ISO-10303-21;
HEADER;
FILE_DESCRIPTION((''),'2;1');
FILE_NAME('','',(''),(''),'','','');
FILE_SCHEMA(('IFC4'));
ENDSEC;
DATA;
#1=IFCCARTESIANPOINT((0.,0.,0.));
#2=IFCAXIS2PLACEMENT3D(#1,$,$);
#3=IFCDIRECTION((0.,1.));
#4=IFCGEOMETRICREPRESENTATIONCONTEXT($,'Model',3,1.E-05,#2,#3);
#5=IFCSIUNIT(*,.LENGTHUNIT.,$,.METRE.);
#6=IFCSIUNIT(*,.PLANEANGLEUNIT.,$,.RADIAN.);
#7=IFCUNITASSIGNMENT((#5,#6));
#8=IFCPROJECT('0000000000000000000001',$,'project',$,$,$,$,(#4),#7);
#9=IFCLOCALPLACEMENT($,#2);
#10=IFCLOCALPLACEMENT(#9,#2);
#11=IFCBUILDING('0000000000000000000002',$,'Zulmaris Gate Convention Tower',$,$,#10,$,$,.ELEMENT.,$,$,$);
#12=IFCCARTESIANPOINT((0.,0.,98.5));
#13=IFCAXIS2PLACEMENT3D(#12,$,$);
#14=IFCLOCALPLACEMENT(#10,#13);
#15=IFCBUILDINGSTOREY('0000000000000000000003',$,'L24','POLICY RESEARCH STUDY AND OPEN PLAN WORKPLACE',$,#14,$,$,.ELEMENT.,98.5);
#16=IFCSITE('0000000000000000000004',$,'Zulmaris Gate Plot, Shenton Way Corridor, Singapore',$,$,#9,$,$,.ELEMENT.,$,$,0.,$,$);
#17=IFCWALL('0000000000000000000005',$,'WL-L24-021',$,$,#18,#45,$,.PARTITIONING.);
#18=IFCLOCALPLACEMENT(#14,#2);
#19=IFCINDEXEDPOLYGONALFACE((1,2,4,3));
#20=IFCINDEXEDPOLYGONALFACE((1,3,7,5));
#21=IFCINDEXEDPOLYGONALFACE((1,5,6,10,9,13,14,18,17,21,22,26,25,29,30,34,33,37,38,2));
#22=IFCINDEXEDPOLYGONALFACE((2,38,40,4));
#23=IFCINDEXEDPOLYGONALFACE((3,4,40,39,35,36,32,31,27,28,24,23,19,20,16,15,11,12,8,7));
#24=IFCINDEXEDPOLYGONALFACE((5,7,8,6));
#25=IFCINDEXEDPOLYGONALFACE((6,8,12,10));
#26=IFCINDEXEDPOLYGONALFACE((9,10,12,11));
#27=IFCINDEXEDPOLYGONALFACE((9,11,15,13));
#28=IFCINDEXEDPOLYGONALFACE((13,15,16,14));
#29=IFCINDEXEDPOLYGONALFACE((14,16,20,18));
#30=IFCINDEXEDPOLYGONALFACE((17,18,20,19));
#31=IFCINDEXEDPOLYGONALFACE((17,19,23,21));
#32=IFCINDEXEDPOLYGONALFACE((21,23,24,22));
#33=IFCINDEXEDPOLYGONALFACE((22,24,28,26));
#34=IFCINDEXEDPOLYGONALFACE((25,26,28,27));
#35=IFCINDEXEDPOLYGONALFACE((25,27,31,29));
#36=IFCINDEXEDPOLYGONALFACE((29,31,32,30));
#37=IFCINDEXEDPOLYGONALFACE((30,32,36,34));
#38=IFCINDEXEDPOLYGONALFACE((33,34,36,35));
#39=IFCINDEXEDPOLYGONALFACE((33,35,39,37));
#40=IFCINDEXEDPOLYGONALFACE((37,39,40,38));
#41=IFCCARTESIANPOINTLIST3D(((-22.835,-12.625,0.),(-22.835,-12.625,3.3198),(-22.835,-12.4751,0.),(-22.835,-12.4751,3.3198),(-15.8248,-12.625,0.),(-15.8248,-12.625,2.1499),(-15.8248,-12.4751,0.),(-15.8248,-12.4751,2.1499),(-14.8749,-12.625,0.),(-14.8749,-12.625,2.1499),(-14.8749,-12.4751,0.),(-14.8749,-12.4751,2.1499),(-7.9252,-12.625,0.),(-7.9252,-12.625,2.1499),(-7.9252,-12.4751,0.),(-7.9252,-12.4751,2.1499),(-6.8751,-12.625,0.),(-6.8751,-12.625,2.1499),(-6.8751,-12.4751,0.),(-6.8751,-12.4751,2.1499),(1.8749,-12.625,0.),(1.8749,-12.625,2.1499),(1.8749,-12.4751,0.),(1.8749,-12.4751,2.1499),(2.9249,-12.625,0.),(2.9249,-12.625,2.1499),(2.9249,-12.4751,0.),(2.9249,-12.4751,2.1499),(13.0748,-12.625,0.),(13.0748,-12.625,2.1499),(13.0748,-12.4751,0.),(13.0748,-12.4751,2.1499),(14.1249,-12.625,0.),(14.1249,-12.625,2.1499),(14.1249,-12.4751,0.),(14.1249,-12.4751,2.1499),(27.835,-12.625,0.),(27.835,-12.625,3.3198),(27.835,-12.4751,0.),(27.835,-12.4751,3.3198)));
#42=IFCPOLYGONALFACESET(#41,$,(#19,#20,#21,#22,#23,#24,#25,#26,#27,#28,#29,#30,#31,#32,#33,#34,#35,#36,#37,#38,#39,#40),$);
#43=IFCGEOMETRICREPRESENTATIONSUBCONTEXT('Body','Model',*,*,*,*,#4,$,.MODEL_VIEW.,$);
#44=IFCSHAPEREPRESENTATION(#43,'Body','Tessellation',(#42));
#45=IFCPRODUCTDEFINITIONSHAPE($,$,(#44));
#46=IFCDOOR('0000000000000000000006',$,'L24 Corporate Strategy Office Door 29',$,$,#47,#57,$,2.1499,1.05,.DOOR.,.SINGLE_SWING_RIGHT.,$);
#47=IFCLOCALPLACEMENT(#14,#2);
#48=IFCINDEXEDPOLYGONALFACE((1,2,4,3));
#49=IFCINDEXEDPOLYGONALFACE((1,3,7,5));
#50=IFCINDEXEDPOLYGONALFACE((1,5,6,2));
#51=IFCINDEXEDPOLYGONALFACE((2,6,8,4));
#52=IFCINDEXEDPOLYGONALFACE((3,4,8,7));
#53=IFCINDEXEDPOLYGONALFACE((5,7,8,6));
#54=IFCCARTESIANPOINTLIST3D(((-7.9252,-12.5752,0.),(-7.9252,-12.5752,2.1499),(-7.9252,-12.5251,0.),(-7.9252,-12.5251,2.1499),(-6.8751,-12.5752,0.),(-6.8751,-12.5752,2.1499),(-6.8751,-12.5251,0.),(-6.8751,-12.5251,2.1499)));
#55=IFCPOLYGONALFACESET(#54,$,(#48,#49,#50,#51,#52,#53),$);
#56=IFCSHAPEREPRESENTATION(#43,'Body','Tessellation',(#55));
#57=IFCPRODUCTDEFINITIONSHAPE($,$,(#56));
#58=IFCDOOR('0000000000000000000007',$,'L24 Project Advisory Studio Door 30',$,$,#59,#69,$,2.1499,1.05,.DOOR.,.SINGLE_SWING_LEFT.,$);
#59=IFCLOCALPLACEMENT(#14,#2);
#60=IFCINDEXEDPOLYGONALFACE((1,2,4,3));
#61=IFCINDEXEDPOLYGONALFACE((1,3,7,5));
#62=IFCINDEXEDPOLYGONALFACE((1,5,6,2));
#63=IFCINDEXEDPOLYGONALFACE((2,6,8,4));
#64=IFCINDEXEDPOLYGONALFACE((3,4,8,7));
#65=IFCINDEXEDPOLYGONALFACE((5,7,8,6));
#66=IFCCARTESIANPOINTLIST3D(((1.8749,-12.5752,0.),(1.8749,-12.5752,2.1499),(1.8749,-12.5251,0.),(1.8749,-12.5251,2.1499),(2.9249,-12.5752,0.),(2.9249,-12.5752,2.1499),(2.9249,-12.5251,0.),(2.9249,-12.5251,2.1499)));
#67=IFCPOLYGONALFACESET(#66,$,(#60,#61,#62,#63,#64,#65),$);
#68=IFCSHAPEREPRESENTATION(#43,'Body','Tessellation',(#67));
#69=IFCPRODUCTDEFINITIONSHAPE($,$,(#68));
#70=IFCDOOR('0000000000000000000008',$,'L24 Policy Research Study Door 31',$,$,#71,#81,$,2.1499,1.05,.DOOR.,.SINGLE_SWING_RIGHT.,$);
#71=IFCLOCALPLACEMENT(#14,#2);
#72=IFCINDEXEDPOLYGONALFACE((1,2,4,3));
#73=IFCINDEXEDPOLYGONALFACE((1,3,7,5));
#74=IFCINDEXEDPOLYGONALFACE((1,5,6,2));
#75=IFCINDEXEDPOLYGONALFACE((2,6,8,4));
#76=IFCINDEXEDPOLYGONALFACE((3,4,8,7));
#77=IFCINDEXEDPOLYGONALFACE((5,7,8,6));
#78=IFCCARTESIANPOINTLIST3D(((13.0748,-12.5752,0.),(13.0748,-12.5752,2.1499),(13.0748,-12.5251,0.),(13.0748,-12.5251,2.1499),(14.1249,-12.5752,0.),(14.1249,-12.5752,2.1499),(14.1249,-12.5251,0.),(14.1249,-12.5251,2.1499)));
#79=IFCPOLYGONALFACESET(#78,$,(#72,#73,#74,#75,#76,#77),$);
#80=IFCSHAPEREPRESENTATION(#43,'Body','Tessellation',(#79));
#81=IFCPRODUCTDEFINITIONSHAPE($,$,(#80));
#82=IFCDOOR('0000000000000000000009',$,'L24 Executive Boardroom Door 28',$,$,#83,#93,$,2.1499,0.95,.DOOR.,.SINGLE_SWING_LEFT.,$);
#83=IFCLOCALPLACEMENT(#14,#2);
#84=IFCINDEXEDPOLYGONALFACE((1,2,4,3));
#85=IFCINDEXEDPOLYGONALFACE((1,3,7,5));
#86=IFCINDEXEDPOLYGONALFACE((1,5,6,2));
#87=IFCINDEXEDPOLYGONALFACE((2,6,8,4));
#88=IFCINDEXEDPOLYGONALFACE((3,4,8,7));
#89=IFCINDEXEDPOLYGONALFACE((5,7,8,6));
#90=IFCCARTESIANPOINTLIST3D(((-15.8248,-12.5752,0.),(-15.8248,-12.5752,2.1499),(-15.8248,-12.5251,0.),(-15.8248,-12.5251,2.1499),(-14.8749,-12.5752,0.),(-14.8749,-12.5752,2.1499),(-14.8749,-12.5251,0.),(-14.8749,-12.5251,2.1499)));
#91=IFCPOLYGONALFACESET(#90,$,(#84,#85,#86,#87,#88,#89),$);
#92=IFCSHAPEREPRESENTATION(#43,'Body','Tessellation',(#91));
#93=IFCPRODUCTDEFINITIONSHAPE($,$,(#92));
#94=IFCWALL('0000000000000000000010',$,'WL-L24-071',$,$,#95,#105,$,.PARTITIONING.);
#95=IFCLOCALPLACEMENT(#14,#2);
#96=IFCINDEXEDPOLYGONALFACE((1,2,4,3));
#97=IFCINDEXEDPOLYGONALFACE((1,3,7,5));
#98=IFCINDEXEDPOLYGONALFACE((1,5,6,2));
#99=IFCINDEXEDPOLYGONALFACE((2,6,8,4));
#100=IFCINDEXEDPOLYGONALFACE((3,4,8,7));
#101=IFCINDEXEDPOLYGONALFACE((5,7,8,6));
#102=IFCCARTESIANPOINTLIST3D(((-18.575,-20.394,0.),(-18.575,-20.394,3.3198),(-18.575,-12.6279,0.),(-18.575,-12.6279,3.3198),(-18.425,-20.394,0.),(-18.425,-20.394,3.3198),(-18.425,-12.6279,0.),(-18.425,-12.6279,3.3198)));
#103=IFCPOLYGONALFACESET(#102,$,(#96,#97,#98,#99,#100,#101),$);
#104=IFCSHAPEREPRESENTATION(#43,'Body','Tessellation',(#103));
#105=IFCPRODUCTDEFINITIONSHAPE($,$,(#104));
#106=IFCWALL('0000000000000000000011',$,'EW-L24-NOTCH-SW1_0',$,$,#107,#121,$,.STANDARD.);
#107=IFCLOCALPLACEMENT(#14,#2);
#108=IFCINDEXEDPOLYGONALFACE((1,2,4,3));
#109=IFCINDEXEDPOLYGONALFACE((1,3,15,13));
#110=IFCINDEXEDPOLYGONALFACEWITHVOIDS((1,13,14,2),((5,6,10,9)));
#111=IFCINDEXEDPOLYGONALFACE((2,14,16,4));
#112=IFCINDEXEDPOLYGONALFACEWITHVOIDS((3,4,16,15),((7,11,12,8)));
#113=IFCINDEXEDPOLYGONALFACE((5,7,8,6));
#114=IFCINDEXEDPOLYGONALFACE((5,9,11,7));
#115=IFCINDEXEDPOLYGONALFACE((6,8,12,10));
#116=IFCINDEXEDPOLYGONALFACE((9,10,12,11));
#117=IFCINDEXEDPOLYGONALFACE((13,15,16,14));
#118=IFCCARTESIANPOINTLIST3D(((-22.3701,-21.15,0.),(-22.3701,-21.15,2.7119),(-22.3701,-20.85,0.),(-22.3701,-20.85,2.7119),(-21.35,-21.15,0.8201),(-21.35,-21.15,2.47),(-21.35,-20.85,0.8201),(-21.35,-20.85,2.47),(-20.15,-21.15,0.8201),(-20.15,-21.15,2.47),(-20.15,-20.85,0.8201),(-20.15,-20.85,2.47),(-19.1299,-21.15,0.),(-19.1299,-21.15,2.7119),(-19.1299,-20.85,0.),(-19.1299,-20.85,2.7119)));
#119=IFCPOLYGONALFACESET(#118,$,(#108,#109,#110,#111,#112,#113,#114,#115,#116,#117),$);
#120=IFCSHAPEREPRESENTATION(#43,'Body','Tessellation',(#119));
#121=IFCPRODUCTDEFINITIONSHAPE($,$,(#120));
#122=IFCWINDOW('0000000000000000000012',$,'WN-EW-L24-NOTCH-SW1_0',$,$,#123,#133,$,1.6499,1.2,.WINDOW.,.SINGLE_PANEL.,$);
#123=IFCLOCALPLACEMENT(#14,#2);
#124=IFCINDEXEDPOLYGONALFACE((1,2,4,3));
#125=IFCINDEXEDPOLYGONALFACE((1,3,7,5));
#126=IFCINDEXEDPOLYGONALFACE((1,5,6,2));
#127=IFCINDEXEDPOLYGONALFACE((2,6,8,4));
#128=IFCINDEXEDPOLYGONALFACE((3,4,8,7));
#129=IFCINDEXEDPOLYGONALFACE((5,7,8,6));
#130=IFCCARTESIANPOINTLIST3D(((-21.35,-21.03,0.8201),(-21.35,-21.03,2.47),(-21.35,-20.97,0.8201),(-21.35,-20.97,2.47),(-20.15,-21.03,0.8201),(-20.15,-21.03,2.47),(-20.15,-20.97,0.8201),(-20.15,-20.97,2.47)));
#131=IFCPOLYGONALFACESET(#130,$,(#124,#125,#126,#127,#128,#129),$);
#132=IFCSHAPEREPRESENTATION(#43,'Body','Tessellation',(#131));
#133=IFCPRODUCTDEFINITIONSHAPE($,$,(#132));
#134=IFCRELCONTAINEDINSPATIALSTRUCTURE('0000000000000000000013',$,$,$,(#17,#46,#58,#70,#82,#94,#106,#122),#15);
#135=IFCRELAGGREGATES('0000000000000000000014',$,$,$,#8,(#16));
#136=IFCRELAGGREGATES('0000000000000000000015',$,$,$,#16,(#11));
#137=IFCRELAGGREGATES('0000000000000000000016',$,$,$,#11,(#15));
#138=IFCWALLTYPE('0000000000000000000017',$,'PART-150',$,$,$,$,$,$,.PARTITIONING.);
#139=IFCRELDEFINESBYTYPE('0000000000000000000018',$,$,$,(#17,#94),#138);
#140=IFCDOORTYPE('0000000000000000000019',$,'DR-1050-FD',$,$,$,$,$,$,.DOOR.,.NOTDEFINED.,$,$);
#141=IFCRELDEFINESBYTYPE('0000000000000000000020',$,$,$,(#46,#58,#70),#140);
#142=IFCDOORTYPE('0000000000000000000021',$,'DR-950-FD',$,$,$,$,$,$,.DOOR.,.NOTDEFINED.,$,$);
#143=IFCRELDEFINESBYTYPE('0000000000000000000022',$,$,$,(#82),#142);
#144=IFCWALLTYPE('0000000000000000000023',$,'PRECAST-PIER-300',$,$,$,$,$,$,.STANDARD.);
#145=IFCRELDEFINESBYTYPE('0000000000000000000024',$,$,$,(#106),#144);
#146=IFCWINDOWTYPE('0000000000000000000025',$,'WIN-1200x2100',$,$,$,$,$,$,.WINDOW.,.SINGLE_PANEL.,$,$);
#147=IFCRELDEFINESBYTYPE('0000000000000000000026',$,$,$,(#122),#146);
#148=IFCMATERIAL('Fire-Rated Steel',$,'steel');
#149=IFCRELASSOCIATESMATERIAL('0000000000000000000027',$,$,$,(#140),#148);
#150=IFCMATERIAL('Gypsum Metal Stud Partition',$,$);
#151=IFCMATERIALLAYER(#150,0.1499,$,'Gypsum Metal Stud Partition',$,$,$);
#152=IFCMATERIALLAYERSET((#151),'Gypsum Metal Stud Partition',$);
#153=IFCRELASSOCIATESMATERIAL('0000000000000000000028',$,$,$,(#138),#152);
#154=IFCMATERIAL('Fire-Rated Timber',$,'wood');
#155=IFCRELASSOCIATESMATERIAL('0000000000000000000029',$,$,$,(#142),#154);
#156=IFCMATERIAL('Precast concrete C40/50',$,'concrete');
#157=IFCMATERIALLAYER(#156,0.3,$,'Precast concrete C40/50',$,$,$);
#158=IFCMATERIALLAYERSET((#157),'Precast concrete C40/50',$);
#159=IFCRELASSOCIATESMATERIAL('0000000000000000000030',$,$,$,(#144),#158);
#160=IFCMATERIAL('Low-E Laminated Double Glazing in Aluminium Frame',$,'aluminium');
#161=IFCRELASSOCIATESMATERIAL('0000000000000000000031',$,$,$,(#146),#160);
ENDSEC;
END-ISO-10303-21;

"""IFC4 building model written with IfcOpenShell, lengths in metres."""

from ifc_helpers import new_model, si_unit, direction, frame, frame_2d, origin, place, context, subcontext, project, spatial, rectangle, extrude, material, layer, layer_set, type_object, element, fill, save


model = new_model("IFC4")

# Units and contexts
model_context = context("Model", 3, precision=1e-05, world=origin(), true_north=direction((0.0, 1.0)))
body_context = subcontext(model_context, "Body", "Model", "MODEL_VIEW")
ifc_project = project(units=[si_unit("LENGTHUNIT", "METRE"), si_unit("PLANEANGLEUNIT", "RADIAN")], contexts=[model_context])

# Site, building, storey
site_placement = place(None, origin())
site = spatial("IfcSite", under=ifc_project, at=site_placement, Name="Zulmaris Gate Plot, Shenton Way Corridor, Singapore", CompositionType="ELEMENT", RefElevation=0.0)
building_placement = place(site_placement, origin())
building = spatial("IfcBuilding", under=site, at=building_placement, Name="Zulmaris Gate Convention Tower", CompositionType="ELEMENT")
storey_placement = place(building_placement, frame((0.0, 0.0, 98.5)))
storey = spatial("IfcBuildingStorey", under=building, at=storey_placement, Name="L24", Description="POLICY RESEARCH STUDY AND OPEN PLAN WORKPLACE", CompositionType="ELEMENT", Elevation=98.5)

# Shared definitions
ifc_material_1 = material(Name="Fire-Rated Steel", Category="steel")
door_type_1 = type_object("IfcDoorType", Name="DR-1050-FD", OperationType="NOTDEFINED", PredefinedType="DOOR", material=ifc_material_1)

# Wall, openings, doors
ifc_material_2 = material(Name="Gypsum Metal Stud Partition")
ifc_layer_1 = layer(ifc_material_2, 0.1499, Name="Gypsum Metal Stud Partition")
ifc_layer_set_1 = layer_set([ifc_layer_1], Name="Gypsum Metal Stud Partition")
wall_type_1 = type_object("IfcWallType", Name="PART-150", PredefinedType="PARTITIONING", material=ifc_layer_set_1)
wall_1_placement = place(storey_placement, frame((-22.835, -12.55, 0.0), z_axis=(0.0, 0.0, 1.0), x_axis=(1.0, 0.0, 0.0)))
wall_1 = element("IfcWall", 1, at=wall_1_placement, inside=storey, type_object=wall_type_1, Name="WL-L24-021", PredefinedType="PARTITIONING", context=body_context, shape_type="SweptSolid", body=[
    extrude(rectangle(XDim=50.6699, YDim=0.1499, at=frame_2d((25.335, 0.0))), origin(), (0.0, 0.0, 1.0), 3.3198),
])
opening_1_placement = place(wall_1_placement, frame((7.01, 0.0, 0.0)))
opening_1 = element("IfcOpeningElement", 2, at=opening_1_placement, cuts=wall_1, PredefinedType="OPENING", context=body_context, shape_type="SweptSolid", body=[
    extrude(rectangle(XDim=0.95, YDim=2.1499, at=frame_2d((0.4751, 1.075))), frame((0.0, 0.085, 0.0), z_axis=(0.0, -1.0, 0.0), x_axis=(1.0, 0.0, 0.0)), (0.0, 0.0, 1.0), 0.1699),
])
opening_2_placement = place(wall_1_placement, frame((14.9099, 0.0, 0.0)))
opening_2 = element("IfcOpeningElement", 3, at=opening_2_placement, cuts=wall_1, PredefinedType="OPENING", context=body_context, shape_type="SweptSolid", body=[
    extrude(rectangle(XDim=1.05, YDim=2.1499, at=frame_2d((0.5249, 1.075))), frame((0.0, 0.085, 0.0), z_axis=(0.0, -1.0, 0.0), x_axis=(1.0, 0.0, 0.0)), (0.0, 0.0, 1.0), 0.1699),
])
opening_3_placement = place(wall_1_placement, frame((24.71, 0.0, 0.0)))
opening_3 = element("IfcOpeningElement", 4, at=opening_3_placement, cuts=wall_1, PredefinedType="OPENING", context=body_context, shape_type="SweptSolid", body=[
    extrude(rectangle(XDim=1.05, YDim=2.1499, at=frame_2d((0.5249, 1.075))), frame((0.0, 0.085, 0.0), z_axis=(0.0, -1.0, 0.0), x_axis=(1.0, 0.0, 0.0)), (0.0, 0.0, 1.0), 0.1699),
])
opening_4_placement = place(wall_1_placement, frame((35.9099, 0.0, 0.0)))
opening_4 = element("IfcOpeningElement", 5, at=opening_4_placement, cuts=wall_1, PredefinedType="OPENING", context=body_context, shape_type="SweptSolid", body=[
    extrude(rectangle(XDim=1.05, YDim=2.1499, at=frame_2d((0.5249, 1.075))), frame((0.0, 0.085, 0.0), z_axis=(0.0, -1.0, 0.0), x_axis=(1.0, 0.0, 0.0)), (0.0, 0.0, 1.0), 0.1699),
])
door_1_placement = place(opening_2_placement, origin())
door_1 = element("IfcDoor", 6, at=door_1_placement, inside=storey, type_object=door_type_1, Name="L24 Corporate Strategy Office Door 29", OperationType="SINGLE_SWING_RIGHT", OverallHeight=2.1499, OverallWidth=1.05, PredefinedType="DOOR", context=body_context, shape_type="SweptSolid", body=[
    extrude(rectangle(XDim=1.05, YDim=2.1499, at=frame_2d((0.5249, 1.075))), frame((0.0, 0.0249, 0.0), z_axis=(0.0, -1.0, 0.0), x_axis=(1.0, 0.0, 0.0)), (0.0, 0.0, 1.0), 0.05),
])
fill(opening_2, door_1)
door_2_placement = place(opening_3_placement, origin())
door_2 = element("IfcDoor", 7, at=door_2_placement, inside=storey, type_object=door_type_1, Name="L24 Project Advisory Studio Door 30", OperationType="SINGLE_SWING_LEFT", OverallHeight=2.1499, OverallWidth=1.05, PredefinedType="DOOR", context=body_context, shape_type="SweptSolid", body=[
    extrude(rectangle(XDim=1.05, YDim=2.1499, at=frame_2d((0.5249, 1.075))), frame((0.0, 0.0249, 0.0), z_axis=(0.0, -1.0, 0.0), x_axis=(1.0, 0.0, 0.0)), (0.0, 0.0, 1.0), 0.05),
])
fill(opening_3, door_2)
door_3_placement = place(opening_4_placement, origin())
door_3 = element("IfcDoor", 8, at=door_3_placement, inside=storey, type_object=door_type_1, Name="L24 Policy Research Study Door 31", OperationType="SINGLE_SWING_RIGHT", OverallHeight=2.1499, OverallWidth=1.05, PredefinedType="DOOR", context=body_context, shape_type="SweptSolid", body=[
    extrude(rectangle(XDim=1.05, YDim=2.1499, at=frame_2d((0.5249, 1.075))), frame((0.0, 0.0249, 0.0), z_axis=(0.0, -1.0, 0.0), x_axis=(1.0, 0.0, 0.0)), (0.0, 0.0, 1.0), 0.05),
])
fill(opening_4, door_3)
ifc_material_3 = material(Name="Fire-Rated Timber", Category="wood")
door_type_2 = type_object("IfcDoorType", Name="DR-950-FD", OperationType="NOTDEFINED", PredefinedType="DOOR", material=ifc_material_3)
door_4_placement = place(opening_1_placement, origin())
door_4 = element("IfcDoor", 9, at=door_4_placement, inside=storey, type_object=door_type_2, Name="L24 Executive Boardroom Door 28", OperationType="SINGLE_SWING_LEFT", OverallHeight=2.1499, OverallWidth=0.95, PredefinedType="DOOR", context=body_context, shape_type="SweptSolid", body=[
    extrude(rectangle(XDim=0.95, YDim=2.1499, at=frame_2d((0.4751, 1.075))), frame((0.0, 0.0249, 0.0), z_axis=(0.0, -1.0, 0.0), x_axis=(1.0, 0.0, 0.0)), (0.0, 0.0, 1.0), 0.05),
])
fill(opening_1, door_4)

# Wall
wall_2_placement = place(storey_placement, frame((-18.5, -20.394, 0.0), z_axis=(0.0, 0.0, 1.0), x_axis=(0.0, 1.0, 0.0)))
element("IfcWall", 10, at=wall_2_placement, inside=storey, type_object=wall_type_1, Name="WL-L24-071", PredefinedType="PARTITIONING", context=body_context, shape_type="SweptSolid", body=[
    extrude(rectangle(XDim=7.7661, YDim=0.1499, at=frame_2d((3.8831, 0.0))), origin(), (0.0, 0.0, 1.0), 3.3198),
])

# Wall, opening, window
ifc_material_4 = material(Name="Precast concrete C40/50", Category="concrete")
ifc_layer_2 = layer(ifc_material_4, 0.3, Name="Precast concrete C40/50")
ifc_layer_set_2 = layer_set([ifc_layer_2], Name="Precast concrete C40/50")
wall_type_2 = type_object("IfcWallType", Name="PRECAST-PIER-300", PredefinedType="STANDARD", material=ifc_layer_set_2)
wall_3_placement = place(storey_placement, frame((-22.3701, -21.0, 0.0), z_axis=(0.0, 0.0, 1.0), x_axis=(1.0, 0.0, 0.0)))
wall_3 = element("IfcWall", 11, at=wall_3_placement, inside=storey, type_object=wall_type_2, Name="EW-L24-NOTCH-SW1_0", PredefinedType="STANDARD", context=body_context, shape_type="SweptSolid", body=[
    extrude(rectangle(XDim=3.2402, YDim=0.3, at=frame_2d((1.6201, 0.0))), origin(), (0.0, 0.0, 1.0), 2.7119),
])
opening_5_placement = place(wall_3_placement, frame((1.02, 0.0, 0.8201)))
opening_5 = element("IfcOpeningElement", 12, at=opening_5_placement, cuts=wall_3, PredefinedType="OPENING", context=body_context, shape_type="SweptSolid", body=[
    extrude(rectangle(XDim=1.2, YDim=1.6499, at=frame_2d((0.6001, 0.825))), frame((0.0, 0.1602, 0.0), z_axis=(0.0, -1.0, 0.0), x_axis=(1.0, 0.0, 0.0)), (0.0, 0.0, 1.0), 0.3201),
])
ifc_material_5 = material(Name="Low-E Laminated Double Glazing in Aluminium Frame", Category="aluminium")
window_type = type_object("IfcWindowType", Name="WIN-1200x2100", PartitioningType="SINGLE_PANEL", PredefinedType="WINDOW", material=ifc_material_5)
window_placement = place(opening_5_placement, origin())
window = element("IfcWindow", 13, at=window_placement, inside=storey, type_object=window_type, Name="WN-EW-L24-NOTCH-SW1_0", OverallHeight=1.6499, OverallWidth=1.2, PartitioningType="SINGLE_PANEL", PredefinedType="WINDOW", context=body_context, shape_type="SweptSolid", body=[
    extrude(rectangle(XDim=1.2, YDim=1.6499, at=frame_2d((0.6001, 0.825))), frame((0.0, 0.03, 0.0), z_axis=(0.0, -1.0, 0.0), x_axis=(1.0, 0.0, 0.0)), (0.0, 0.0, 1.0), 0.0601),
])
fill(opening_5, window)

save(model, "model.ifc")
